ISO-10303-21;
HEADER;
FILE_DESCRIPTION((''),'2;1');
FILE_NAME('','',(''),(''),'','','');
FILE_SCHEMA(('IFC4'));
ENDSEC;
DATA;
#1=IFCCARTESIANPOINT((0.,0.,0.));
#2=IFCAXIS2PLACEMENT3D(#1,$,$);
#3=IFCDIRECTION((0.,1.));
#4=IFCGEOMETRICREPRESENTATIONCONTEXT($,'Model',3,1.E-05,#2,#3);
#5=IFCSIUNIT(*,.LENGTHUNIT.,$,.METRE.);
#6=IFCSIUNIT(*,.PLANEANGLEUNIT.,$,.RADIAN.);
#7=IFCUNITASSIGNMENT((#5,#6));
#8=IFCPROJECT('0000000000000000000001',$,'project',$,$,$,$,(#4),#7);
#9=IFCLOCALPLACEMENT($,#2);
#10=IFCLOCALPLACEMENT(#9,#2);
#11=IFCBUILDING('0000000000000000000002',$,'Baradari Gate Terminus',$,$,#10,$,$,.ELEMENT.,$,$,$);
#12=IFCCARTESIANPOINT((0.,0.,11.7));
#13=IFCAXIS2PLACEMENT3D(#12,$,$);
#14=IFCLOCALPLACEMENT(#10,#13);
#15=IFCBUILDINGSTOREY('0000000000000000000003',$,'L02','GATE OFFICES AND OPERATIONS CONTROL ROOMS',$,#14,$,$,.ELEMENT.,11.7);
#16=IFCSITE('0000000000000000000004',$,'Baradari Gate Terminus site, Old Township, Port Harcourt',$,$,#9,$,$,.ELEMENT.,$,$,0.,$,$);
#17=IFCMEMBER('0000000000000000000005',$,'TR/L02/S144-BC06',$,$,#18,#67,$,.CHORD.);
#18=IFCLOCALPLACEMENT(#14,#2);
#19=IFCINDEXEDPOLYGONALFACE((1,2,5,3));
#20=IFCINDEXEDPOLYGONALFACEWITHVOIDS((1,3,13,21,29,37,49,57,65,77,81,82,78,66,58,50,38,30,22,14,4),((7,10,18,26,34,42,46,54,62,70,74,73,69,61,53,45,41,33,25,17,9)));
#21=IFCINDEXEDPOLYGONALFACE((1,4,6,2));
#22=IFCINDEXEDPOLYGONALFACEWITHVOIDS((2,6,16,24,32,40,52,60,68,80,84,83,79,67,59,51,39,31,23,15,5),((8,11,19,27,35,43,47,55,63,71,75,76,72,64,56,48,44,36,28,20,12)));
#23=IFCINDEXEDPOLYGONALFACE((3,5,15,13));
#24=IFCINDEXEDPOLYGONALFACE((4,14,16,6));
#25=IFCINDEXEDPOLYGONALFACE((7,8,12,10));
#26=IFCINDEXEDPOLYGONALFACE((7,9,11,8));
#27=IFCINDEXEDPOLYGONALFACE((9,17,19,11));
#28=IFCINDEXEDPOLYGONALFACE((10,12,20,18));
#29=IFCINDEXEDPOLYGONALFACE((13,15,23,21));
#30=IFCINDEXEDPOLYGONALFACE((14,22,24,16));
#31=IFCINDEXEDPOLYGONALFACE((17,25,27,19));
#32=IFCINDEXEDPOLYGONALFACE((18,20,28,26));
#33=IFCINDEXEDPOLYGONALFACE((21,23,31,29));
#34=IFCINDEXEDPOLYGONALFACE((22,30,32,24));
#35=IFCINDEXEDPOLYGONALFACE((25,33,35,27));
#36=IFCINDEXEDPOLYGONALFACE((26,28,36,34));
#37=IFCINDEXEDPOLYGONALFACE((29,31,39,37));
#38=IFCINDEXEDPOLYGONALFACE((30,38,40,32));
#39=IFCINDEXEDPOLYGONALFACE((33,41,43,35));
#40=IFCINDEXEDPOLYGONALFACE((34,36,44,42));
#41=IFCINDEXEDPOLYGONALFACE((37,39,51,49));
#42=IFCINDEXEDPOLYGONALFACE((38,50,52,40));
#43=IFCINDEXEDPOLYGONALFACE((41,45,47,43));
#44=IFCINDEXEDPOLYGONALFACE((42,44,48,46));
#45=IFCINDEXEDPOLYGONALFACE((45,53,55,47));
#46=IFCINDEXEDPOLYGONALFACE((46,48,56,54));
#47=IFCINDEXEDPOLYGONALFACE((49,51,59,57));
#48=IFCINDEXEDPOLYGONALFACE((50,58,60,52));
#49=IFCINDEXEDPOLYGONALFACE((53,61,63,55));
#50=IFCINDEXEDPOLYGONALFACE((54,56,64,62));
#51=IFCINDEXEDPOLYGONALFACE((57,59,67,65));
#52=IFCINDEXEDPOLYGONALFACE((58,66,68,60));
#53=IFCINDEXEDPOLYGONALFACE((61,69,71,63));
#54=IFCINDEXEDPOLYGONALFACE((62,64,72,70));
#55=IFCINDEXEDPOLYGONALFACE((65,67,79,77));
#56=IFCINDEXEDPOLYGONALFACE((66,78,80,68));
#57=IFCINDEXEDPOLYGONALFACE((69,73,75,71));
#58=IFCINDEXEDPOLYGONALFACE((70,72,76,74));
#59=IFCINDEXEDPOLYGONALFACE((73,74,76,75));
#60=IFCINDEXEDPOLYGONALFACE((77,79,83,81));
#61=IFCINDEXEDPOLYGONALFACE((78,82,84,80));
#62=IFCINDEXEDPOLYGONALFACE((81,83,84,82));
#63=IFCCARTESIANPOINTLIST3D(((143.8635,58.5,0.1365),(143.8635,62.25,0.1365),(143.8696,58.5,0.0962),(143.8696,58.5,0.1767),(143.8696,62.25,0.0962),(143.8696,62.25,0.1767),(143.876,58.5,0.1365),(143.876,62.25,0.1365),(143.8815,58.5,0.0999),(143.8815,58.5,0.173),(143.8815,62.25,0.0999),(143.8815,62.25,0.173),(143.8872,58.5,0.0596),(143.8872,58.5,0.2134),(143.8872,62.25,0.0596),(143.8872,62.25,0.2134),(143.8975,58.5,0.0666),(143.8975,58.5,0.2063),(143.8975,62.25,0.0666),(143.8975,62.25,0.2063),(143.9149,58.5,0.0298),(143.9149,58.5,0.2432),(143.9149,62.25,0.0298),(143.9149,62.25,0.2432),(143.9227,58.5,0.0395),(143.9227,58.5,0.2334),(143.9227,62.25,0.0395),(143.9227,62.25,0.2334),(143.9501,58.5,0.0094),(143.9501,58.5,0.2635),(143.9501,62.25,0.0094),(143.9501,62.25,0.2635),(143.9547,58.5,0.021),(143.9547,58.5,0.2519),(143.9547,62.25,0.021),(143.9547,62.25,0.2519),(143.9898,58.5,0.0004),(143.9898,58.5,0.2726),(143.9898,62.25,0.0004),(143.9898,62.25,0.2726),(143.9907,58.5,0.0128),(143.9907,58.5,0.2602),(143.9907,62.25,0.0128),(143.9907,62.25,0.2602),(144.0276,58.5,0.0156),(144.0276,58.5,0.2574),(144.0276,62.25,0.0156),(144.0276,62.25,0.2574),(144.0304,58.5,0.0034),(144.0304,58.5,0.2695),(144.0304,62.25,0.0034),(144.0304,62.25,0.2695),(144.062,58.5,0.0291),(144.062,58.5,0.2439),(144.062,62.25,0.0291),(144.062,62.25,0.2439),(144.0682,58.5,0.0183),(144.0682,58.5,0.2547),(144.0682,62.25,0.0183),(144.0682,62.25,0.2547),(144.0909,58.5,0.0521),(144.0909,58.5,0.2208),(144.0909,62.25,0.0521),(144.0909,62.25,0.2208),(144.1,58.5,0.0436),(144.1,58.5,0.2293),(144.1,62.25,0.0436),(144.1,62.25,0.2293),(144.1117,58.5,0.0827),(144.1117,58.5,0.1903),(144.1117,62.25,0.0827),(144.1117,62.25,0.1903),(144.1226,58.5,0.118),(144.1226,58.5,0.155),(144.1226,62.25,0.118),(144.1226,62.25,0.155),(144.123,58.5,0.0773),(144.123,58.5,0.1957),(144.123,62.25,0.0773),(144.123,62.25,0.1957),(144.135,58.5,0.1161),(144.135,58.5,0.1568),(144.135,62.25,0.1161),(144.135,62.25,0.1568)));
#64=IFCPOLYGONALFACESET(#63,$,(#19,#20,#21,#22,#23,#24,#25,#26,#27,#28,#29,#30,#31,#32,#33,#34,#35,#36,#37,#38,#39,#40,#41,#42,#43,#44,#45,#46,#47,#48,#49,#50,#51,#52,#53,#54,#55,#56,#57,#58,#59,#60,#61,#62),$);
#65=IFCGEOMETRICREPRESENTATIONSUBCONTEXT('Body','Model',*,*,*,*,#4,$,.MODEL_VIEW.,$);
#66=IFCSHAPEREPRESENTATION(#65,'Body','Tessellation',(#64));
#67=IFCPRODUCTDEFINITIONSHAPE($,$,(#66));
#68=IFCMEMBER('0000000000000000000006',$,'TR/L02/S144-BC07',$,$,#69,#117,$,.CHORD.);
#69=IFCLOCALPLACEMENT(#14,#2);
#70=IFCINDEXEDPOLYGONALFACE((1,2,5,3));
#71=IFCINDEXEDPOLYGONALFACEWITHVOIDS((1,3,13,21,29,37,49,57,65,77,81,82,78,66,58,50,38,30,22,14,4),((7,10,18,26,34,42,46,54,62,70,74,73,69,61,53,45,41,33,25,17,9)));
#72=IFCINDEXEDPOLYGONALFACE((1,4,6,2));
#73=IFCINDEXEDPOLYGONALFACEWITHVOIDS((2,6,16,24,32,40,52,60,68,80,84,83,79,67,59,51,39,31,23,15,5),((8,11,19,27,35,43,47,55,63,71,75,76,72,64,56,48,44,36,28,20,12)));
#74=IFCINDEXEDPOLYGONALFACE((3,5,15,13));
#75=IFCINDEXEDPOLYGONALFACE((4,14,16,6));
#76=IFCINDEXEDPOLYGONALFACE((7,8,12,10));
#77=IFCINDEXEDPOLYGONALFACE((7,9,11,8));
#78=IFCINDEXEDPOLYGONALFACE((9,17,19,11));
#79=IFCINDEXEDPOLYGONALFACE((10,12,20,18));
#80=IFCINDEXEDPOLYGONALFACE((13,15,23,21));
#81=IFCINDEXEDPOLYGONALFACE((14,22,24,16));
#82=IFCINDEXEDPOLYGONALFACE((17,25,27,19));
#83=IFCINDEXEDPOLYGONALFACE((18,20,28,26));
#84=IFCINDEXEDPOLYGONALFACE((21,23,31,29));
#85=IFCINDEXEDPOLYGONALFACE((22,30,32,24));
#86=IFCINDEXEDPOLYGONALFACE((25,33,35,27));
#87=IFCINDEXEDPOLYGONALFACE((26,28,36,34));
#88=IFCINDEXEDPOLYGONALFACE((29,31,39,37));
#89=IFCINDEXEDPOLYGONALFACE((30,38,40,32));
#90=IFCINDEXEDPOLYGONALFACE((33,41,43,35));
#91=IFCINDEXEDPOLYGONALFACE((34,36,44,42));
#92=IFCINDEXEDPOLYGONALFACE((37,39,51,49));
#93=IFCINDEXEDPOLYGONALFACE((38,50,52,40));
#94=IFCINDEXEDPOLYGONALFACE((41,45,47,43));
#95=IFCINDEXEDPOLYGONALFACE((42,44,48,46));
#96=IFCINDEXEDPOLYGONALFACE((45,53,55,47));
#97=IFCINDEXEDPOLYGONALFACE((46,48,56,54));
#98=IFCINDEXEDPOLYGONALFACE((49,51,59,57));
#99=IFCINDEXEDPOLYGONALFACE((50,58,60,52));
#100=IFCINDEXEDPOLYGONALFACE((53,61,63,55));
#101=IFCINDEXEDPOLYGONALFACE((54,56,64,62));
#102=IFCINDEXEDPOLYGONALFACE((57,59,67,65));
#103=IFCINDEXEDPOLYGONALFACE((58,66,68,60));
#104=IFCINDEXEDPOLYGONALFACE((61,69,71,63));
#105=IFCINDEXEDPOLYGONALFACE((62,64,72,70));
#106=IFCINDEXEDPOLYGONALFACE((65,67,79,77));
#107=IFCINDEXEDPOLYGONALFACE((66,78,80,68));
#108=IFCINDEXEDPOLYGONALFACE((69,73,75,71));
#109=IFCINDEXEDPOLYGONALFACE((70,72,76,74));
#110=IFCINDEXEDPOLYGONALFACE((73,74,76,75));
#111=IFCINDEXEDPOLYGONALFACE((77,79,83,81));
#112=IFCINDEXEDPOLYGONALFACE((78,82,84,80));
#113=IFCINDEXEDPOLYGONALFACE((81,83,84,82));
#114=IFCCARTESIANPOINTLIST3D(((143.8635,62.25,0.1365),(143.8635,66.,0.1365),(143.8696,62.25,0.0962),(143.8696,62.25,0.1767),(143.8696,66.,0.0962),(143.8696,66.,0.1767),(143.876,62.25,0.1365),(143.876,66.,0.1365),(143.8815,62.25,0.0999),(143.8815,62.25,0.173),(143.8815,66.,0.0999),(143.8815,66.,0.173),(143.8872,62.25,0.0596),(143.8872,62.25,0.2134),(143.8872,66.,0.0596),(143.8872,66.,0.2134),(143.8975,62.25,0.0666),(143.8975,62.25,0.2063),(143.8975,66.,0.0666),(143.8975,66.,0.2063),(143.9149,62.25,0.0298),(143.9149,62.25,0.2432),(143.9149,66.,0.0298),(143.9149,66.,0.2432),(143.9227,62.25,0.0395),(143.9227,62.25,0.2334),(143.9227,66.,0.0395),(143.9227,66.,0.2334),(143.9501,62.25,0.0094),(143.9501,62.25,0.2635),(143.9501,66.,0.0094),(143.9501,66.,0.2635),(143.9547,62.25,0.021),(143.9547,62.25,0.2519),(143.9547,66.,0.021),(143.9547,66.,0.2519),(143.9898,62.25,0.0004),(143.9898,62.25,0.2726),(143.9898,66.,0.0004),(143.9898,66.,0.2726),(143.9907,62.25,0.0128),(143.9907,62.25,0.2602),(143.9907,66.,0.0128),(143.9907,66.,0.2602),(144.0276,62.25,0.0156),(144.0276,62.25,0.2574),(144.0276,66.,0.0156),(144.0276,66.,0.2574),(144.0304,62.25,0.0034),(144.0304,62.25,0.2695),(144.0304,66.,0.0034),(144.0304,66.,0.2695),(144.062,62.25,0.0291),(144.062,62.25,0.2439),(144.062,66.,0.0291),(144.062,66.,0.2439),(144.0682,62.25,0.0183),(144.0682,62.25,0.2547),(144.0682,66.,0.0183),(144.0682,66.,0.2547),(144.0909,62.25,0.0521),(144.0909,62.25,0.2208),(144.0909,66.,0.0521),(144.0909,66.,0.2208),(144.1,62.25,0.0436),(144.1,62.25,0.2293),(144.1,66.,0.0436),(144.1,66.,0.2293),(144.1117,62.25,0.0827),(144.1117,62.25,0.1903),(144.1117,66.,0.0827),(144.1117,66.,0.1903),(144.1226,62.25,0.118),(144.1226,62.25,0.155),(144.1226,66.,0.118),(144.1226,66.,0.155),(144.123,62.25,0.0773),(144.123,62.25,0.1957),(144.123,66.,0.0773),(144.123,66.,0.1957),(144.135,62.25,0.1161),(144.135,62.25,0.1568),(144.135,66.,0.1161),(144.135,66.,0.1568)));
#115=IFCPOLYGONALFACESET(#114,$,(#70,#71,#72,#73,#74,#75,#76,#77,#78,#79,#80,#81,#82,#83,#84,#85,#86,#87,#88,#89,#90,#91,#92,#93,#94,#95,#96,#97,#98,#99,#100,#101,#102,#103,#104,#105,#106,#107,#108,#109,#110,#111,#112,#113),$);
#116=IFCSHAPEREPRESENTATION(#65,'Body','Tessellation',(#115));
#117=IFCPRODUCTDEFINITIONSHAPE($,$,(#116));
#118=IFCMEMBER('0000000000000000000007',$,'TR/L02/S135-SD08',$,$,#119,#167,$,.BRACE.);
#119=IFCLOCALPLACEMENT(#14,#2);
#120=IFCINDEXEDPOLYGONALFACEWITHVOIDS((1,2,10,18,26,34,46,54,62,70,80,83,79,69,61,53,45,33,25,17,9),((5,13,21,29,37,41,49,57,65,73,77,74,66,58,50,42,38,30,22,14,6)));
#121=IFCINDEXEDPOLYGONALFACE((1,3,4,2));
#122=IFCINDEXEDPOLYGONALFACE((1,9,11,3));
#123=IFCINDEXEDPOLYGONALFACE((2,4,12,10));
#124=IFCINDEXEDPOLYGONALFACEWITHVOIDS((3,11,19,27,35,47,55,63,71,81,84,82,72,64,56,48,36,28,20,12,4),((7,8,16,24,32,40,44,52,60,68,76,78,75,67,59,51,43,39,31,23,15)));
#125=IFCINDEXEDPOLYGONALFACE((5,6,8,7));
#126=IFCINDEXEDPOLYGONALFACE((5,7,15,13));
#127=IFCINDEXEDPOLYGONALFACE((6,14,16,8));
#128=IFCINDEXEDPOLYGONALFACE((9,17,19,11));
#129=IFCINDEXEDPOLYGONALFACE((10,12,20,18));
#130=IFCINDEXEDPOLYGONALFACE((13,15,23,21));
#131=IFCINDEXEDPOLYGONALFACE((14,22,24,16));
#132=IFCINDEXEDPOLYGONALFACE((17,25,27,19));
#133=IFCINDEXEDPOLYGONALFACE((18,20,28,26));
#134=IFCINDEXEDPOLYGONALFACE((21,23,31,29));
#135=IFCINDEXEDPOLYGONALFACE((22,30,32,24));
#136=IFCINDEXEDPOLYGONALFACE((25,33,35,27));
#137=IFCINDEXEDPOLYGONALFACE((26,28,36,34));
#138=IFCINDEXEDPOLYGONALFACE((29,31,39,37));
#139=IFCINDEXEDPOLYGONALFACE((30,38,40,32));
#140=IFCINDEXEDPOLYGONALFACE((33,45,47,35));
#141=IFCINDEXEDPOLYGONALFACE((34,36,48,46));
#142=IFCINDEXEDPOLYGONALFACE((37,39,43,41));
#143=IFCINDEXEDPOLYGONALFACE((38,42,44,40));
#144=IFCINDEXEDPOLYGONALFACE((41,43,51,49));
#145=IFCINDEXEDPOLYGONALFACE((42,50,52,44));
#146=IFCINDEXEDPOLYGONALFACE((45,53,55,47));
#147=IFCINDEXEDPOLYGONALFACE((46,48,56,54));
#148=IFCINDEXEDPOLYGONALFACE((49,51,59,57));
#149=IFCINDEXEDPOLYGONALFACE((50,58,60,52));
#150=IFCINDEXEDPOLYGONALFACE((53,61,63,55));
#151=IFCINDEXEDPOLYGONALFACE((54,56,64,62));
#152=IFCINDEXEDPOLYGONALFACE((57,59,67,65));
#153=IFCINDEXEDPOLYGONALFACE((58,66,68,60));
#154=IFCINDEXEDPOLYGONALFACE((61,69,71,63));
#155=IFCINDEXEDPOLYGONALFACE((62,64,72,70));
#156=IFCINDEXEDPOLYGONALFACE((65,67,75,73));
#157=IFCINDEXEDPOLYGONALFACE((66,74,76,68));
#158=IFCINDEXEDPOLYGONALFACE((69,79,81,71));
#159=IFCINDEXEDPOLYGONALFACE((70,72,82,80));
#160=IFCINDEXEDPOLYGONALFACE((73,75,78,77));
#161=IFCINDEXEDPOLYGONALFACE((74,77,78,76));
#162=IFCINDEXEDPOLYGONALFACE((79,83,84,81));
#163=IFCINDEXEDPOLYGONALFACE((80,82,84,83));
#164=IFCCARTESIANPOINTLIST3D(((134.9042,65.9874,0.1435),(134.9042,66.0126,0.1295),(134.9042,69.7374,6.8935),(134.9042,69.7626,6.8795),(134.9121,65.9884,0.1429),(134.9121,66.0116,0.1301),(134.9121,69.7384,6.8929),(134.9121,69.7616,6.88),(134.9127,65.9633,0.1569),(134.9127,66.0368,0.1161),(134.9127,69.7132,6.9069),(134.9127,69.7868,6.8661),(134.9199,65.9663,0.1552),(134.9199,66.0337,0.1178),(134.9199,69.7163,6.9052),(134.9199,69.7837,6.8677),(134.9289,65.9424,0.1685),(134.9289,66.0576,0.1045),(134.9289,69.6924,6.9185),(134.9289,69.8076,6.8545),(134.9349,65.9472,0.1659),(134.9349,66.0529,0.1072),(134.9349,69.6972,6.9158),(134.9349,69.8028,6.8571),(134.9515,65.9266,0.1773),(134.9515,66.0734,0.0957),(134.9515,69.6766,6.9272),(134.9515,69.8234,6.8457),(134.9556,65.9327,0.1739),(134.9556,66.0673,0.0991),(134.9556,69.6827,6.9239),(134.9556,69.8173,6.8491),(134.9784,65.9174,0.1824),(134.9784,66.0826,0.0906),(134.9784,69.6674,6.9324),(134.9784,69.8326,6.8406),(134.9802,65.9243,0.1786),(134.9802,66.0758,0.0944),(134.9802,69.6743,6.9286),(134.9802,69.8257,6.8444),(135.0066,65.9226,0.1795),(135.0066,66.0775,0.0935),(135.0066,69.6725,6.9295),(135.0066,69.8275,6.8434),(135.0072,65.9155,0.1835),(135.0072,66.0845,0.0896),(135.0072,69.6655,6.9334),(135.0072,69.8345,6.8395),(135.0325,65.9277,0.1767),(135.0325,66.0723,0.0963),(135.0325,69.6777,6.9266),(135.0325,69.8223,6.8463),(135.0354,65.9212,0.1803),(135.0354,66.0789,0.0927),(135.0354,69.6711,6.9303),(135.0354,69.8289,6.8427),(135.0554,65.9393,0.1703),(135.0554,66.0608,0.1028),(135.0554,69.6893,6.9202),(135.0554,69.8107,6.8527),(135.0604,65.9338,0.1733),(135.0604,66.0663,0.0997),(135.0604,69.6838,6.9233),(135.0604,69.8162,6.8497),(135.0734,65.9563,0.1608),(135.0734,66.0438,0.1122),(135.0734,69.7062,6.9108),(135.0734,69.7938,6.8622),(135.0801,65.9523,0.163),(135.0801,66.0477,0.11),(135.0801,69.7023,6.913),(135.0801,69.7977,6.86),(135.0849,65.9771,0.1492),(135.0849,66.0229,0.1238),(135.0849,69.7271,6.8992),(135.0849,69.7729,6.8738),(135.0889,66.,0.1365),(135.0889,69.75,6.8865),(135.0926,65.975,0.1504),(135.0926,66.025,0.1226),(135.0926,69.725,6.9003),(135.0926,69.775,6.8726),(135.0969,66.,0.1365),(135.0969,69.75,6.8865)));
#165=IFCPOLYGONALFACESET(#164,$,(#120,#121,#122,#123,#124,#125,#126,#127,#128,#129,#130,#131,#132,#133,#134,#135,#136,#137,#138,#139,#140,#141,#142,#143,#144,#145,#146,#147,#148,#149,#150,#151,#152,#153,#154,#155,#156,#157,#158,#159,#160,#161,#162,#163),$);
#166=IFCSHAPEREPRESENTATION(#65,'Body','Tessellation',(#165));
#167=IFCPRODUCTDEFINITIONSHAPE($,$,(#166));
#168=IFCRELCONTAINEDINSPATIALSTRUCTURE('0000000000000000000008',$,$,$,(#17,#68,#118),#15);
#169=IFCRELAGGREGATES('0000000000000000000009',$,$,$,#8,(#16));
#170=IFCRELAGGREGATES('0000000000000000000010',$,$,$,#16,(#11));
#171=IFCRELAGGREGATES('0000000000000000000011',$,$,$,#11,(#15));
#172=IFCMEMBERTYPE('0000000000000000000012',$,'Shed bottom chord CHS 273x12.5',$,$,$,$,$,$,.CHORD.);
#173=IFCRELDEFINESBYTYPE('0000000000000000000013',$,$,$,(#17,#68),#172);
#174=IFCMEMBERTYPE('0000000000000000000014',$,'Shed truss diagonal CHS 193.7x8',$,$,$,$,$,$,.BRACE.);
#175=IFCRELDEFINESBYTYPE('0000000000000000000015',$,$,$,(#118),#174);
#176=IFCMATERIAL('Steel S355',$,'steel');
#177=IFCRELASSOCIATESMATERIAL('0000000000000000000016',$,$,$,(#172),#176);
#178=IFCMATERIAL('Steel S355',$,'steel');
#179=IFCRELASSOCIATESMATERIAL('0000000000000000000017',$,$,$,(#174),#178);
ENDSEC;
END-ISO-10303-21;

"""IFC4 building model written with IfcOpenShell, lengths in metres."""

from ifc_helpers import new_model, si_unit, direction, frame, origin, origin_2d, place, context, subcontext, project, spatial, hollow_circle, extrude, material, material_profile, profile_set, type_object, element, save


model = new_model("IFC4")

# Units and contexts
model_context = context("Model", 3, precision=1e-05, world=origin(), true_north=direction((0.0, 1.0)))
body_context = subcontext(model_context, "Body", "Model", "MODEL_VIEW")
ifc_project = project(units=[si_unit("LENGTHUNIT", "METRE"), si_unit("PLANEANGLEUNIT", "RADIAN")], contexts=[model_context])

# Site, building, storey
site_placement = place(None, origin())
site = spatial("IfcSite", under=ifc_project, at=site_placement, Name="Baradari Gate Terminus site, Old Township, Port Harcourt", CompositionType="ELEMENT", RefElevation=0.0)
building_placement = place(site_placement, origin())
building = spatial("IfcBuilding", under=site, at=building_placement, Name="Baradari Gate Terminus", CompositionType="ELEMENT")
storey_placement = place(building_placement, frame((0.0, 0.0, 11.7)))
storey = spatial("IfcBuildingStorey", under=building, at=storey_placement, Name="L02", Description="GATE OFFICES AND OPERATIONS CONTROL ROOMS", CompositionType="ELEMENT", Elevation=11.7)

# Members
ifc_material_1 = material(Name="Steel S355", Category="steel")
ifc_material_profile_1 = material_profile(ifc_material_1, hollow_circle(Radius=0.1365, WallThickness=0.0125, at=origin_2d()), Name="CHS 273x12.5")
ifc_profile_set_1 = profile_set([ifc_material_profile_1], Name="Steel S355")
member_type_1 = type_object("IfcMemberType", Name="Shed bottom chord CHS 273x12.5", PredefinedType="CHORD", material=ifc_profile_set_1)
for number, where, z_axis, x_axis, name in (
    (1, (144.0, 58.5, 0.1365), (0.0, 1.0, 0.0), (-1.0, 0.0, 0.0), "TR/L02/S144-BC06"),
    (2, (144.0, 62.25, 0.1365), (0.0, 1.0, 0.0), (-1.0, 0.0, 0.0), "TR/L02/S144-BC07"),
):
    element("IfcMember", number, at=place(storey_placement, frame(where, z_axis=z_axis, x_axis=x_axis)), inside=storey, type_object=member_type_1, Name=name, PredefinedType="CHORD", context=body_context, shape_type="SweptSolid", body=[
        extrude(hollow_circle(Radius=0.1365, WallThickness=0.0125, at=origin_2d()), origin(), (0.0, 0.0, 1.0), 3.75),
    ])
ifc_material_2 = material(Name="Steel S355", Category="steel")
ifc_material_profile_2 = material_profile(ifc_material_2, hollow_circle(Radius=0.0969, WallThickness=0.0081, at=origin_2d()), Name="CHS 193.7x8")
ifc_profile_set_2 = profile_set([ifc_material_profile_2], Name="Steel S355")
member_type_2 = type_object("IfcMemberType", Name="Shed truss diagonal CHS 193.7x8", PredefinedType="BRACE", material=ifc_profile_set_2)
for number, where, z_axis, x_axis, name in (
    (3, (135.0, 69.75, 6.8865), (0.0, -0.485643, -0.874157), (1.0, 0.0, 0.0), "TR/L02/S135-SD08"),
):
    element("IfcMember", number, at=place(storey_placement, frame(where, z_axis=z_axis, x_axis=x_axis)), inside=storey, type_object=member_type_2, Name=name, PredefinedType="BRACE", context=body_context, shape_type="SweptSolid", body=[
        extrude(hollow_circle(Radius=0.0969, WallThickness=0.0081, at=origin_2d()), origin(), (0.0, 0.0, 1.0), 7.7217),
    ])

save(model, "model.ifc")
